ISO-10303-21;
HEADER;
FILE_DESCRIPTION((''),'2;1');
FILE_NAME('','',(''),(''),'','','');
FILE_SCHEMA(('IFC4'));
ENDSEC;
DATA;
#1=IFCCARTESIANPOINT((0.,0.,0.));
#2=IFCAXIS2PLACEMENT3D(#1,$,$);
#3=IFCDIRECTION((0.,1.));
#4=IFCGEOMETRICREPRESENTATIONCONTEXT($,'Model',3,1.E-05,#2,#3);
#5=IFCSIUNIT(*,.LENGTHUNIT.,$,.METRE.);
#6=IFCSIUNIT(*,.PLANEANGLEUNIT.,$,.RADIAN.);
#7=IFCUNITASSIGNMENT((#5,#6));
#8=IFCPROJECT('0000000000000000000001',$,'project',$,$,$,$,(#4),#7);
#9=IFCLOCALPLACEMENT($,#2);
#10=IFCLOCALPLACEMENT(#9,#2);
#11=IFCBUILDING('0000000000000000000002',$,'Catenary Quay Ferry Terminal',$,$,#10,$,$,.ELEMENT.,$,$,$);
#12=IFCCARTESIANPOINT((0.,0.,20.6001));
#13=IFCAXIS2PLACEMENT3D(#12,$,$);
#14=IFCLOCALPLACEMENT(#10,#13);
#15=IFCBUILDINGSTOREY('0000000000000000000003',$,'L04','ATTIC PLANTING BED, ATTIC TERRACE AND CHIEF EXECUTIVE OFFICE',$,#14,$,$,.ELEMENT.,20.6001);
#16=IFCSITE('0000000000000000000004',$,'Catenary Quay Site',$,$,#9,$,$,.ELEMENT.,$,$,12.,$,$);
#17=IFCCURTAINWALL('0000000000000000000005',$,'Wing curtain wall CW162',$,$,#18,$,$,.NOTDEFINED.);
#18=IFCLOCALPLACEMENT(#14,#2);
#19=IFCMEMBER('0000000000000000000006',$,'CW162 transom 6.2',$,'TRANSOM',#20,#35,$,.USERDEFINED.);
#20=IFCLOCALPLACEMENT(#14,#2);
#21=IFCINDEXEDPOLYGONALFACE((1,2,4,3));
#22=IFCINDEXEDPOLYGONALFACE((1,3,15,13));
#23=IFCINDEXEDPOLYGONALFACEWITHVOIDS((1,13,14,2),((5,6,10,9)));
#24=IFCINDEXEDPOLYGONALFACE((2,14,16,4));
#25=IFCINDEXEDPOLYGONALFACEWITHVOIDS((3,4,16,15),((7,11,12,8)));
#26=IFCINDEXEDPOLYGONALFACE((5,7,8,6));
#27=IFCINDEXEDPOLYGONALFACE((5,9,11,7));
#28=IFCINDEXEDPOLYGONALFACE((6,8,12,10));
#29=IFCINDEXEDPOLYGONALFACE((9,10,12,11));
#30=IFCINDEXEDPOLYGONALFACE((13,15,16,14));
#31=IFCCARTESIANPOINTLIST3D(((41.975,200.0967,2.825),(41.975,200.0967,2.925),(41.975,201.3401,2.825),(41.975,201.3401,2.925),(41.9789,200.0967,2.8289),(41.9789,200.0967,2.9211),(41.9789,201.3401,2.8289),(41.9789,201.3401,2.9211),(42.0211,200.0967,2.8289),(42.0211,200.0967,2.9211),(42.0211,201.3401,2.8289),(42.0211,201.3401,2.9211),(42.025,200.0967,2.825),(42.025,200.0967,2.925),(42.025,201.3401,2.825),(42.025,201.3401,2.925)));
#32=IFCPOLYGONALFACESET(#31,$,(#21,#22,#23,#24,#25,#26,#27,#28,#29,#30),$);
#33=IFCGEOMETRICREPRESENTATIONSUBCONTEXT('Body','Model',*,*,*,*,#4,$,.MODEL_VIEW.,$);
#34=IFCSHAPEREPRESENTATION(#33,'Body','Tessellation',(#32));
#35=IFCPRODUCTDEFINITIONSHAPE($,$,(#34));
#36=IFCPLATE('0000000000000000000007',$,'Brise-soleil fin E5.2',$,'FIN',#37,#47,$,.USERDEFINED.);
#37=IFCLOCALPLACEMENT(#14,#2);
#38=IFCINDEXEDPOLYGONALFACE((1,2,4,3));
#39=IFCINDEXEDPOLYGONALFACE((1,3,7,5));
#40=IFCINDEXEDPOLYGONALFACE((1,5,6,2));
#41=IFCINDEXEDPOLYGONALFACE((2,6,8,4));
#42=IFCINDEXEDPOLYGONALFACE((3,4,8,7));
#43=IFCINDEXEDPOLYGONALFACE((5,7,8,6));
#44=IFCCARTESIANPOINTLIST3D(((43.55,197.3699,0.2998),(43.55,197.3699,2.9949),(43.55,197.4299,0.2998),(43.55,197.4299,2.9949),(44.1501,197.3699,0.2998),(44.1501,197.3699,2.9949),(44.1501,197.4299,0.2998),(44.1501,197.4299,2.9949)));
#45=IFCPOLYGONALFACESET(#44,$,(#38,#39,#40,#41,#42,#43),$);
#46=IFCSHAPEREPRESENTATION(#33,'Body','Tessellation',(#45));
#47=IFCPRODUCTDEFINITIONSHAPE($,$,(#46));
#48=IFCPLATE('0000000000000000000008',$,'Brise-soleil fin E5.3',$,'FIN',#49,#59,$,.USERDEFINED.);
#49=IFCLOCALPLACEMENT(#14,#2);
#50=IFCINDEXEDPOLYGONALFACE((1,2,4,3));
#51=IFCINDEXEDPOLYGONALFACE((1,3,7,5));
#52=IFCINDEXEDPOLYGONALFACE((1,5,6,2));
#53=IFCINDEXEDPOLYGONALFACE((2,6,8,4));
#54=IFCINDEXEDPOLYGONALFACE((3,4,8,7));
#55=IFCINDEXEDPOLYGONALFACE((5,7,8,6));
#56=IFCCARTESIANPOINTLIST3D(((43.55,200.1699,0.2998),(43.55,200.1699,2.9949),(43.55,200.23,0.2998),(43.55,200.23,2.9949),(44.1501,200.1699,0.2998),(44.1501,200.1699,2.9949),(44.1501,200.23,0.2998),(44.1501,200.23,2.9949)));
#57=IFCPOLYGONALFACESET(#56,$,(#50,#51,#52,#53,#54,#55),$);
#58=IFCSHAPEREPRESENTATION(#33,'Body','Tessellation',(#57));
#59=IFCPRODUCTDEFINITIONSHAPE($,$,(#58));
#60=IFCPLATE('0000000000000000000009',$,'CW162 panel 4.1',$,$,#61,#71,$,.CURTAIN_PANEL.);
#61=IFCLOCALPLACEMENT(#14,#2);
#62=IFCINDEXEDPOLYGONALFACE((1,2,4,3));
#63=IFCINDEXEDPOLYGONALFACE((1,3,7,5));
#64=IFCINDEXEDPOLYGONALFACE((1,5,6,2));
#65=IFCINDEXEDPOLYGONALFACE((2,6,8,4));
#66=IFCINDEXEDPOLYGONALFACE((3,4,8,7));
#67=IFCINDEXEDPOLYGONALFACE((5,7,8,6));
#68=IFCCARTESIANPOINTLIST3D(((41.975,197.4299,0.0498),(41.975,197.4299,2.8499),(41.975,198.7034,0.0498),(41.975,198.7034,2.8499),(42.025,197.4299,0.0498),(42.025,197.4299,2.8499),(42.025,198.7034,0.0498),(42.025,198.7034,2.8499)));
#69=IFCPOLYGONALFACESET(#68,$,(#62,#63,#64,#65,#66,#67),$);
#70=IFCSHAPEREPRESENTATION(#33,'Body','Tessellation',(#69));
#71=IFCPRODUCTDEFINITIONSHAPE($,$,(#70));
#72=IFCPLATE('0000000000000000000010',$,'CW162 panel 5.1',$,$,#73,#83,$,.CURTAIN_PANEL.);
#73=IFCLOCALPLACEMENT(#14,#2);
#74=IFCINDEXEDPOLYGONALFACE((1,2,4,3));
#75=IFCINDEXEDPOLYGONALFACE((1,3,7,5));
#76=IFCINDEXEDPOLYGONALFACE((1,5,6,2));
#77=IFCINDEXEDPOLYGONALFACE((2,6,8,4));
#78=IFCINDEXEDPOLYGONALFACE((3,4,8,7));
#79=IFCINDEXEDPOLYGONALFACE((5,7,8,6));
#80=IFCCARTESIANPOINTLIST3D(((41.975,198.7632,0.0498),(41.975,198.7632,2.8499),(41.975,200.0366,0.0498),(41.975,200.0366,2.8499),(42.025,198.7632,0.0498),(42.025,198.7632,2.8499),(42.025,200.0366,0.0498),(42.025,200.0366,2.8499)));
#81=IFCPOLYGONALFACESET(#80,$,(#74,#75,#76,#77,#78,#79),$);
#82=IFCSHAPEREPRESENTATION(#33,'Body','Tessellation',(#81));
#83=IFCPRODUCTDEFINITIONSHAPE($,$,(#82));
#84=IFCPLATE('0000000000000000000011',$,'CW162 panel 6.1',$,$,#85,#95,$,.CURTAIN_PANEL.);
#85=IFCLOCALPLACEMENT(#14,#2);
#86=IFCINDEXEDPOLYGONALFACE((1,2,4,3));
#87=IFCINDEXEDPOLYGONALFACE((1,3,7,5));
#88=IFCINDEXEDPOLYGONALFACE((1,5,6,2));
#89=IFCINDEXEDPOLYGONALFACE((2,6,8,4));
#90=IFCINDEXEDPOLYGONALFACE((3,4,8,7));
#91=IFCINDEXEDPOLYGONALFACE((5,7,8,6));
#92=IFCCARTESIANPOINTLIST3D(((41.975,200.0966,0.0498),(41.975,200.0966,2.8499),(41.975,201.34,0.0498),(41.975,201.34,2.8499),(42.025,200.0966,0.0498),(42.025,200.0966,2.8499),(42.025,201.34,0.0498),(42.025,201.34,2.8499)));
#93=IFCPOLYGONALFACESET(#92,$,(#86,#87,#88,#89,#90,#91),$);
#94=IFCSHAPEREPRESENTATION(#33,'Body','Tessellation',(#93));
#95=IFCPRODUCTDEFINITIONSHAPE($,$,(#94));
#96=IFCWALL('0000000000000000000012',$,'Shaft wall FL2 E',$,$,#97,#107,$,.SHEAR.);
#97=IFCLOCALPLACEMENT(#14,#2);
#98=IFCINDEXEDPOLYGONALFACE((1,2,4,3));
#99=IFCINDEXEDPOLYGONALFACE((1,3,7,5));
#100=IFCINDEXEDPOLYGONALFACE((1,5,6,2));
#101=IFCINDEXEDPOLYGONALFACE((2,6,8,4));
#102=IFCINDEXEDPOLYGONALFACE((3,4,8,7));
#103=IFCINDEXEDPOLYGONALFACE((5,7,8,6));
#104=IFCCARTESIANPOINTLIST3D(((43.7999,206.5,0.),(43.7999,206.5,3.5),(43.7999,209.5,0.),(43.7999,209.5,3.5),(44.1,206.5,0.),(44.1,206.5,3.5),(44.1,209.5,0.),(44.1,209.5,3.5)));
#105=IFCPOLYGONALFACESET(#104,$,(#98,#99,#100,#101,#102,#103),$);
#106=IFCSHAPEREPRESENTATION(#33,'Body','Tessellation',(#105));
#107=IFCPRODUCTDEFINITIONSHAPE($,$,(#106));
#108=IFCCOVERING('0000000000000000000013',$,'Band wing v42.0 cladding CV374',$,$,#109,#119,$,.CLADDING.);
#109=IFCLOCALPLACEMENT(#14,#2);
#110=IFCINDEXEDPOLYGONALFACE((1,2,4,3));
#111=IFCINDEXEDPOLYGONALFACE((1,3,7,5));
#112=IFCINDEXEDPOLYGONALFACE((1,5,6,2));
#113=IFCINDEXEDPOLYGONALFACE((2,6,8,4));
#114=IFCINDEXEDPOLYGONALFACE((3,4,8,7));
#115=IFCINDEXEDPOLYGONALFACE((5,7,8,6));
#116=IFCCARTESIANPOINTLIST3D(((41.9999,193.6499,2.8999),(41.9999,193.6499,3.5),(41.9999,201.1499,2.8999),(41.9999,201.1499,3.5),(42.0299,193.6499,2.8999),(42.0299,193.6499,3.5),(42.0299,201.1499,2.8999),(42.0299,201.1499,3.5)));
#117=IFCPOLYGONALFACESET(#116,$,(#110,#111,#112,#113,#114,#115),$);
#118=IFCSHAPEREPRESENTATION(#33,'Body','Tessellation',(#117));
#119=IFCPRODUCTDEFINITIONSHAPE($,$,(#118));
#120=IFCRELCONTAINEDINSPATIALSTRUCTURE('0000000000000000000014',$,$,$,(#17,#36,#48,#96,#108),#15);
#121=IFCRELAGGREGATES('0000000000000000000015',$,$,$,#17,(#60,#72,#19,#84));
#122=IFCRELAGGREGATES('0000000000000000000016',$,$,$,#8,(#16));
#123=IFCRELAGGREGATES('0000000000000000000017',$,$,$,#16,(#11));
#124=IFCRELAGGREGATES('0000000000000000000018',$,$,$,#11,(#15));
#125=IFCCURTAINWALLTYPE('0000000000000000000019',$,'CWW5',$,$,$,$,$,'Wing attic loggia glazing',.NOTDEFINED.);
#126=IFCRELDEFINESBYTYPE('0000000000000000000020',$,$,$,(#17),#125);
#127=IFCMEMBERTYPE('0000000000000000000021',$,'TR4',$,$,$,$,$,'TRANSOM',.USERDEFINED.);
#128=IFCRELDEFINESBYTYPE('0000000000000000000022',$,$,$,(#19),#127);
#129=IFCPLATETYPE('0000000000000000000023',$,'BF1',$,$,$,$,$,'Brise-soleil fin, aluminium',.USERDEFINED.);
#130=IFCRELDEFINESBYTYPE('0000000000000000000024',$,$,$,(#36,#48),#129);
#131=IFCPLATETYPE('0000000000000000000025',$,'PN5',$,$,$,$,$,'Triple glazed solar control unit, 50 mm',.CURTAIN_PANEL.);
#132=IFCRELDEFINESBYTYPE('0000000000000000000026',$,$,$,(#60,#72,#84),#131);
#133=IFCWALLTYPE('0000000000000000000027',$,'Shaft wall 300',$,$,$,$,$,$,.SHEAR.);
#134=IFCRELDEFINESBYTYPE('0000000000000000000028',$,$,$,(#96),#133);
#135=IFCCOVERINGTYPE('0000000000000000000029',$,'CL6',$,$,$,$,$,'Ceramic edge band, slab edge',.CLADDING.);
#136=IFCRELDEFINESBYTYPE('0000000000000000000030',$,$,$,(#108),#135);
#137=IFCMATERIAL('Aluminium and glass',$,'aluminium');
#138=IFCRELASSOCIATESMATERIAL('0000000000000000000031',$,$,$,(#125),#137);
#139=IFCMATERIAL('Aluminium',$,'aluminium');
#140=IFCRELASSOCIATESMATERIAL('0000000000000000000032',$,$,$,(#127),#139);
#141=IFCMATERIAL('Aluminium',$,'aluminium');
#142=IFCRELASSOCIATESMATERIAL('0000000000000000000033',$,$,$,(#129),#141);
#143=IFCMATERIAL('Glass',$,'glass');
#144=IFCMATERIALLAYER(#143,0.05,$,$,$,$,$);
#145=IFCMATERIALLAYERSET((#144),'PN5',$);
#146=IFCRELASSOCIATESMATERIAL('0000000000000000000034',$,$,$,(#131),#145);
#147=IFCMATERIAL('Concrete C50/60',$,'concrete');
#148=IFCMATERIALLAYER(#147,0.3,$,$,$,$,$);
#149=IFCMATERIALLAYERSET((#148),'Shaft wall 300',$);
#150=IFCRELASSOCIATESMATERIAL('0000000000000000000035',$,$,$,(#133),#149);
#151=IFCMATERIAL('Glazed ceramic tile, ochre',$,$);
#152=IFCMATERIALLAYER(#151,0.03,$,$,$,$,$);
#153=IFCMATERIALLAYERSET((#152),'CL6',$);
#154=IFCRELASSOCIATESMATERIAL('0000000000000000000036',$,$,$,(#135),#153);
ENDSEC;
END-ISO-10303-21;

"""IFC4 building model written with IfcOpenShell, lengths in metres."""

from ifc_helpers import new_model, si_unit, direction, frame, frame_2d, origin, origin_2d, place, context, subcontext, project, spatial, rectangle, hollow_rectangle, extrude, material, layer, layer_set, material_profile, profile_set, type_object, element, aggregate, save


model = new_model("IFC4")

# Units and contexts
model_context = context("Model", 3, precision=1e-05, world=origin(), true_north=direction((0.0, 1.0)))
body_context = subcontext(model_context, "Body", "Model", "MODEL_VIEW")
ifc_project = project(units=[si_unit("LENGTHUNIT", "METRE"), si_unit("PLANEANGLEUNIT", "RADIAN")], contexts=[model_context])

# Site, building, storey
site_placement = place(None, origin())
site = spatial("IfcSite", under=ifc_project, at=site_placement, Name="Catenary Quay Site", CompositionType="ELEMENT", RefElevation=12.0)
building_placement = place(site_placement, origin())
building = spatial("IfcBuilding", under=site, at=building_placement, Name="Catenary Quay Ferry Terminal", CompositionType="ELEMENT")
storey_placement = place(building_placement, frame((0.0, 0.0, 20.6001)))
storey = spatial("IfcBuildingStorey", under=building, at=storey_placement, Name="L04", Description="ATTIC PLANTING BED, ATTIC TERRACE AND CHIEF EXECUTIVE OFFICE", CompositionType="ELEMENT", Elevation=20.6001)

# Curtain wall, member
ifc_material_1 = material(Name="Aluminium and glass", Category="aluminium")
curtain_wall_type = type_object("IfcCurtainWallType", Name="CWW5", ElementType="Wing attic loggia glazing", PredefinedType="NOTDEFINED", material=ifc_material_1)
curtain_wall_placement = place(storey_placement, origin())
curtain_wall = element("IfcCurtainWall", 1, at=curtain_wall_placement, inside=storey, type_object=curtain_wall_type, Name="Wing curtain wall CW162", PredefinedType="NOTDEFINED")
ifc_material_2 = material(Name="Aluminium", Category="aluminium")
ifc_material_profile_1 = material_profile(ifc_material_2, hollow_rectangle(XDim=0.05, YDim=0.1001, WallThickness=0.0039, at=origin_2d()), Name="TR4")
ifc_profile_set_1 = profile_set([ifc_material_profile_1], Name="Aluminium")
member_type_1 = type_object("IfcMemberType", Name="TR4", ElementType="TRANSOM", PredefinedType="USERDEFINED", material=ifc_profile_set_1)
member_1_placement = place(storey_placement, frame((42.0, 200.0967, 2.875), z_axis=(0.0, 1.0, 0.0), x_axis=(-1.0, 0.0, 0.0)))
member_1 = element("IfcMember", 2, at=member_1_placement, type_object=member_type_1, Name="CW162 transom 6.2", ObjectType="TRANSOM", PredefinedType="USERDEFINED", context=body_context, shape_type="SweptSolid", body=[
    extrude(hollow_rectangle(XDim=0.05, YDim=0.1001, WallThickness=0.0039, at=origin_2d()), origin(), (0.0, 0.0, 1.0), 1.2434),
])

# Plates
ifc_material_3 = material(Name="Aluminium", Category="aluminium")
ifc_material_profile_2 = material_profile(ifc_material_3, rectangle(XDim=0.0601, YDim=0.6001, at=origin_2d()), Name="BF1")
ifc_profile_set_2 = profile_set([ifc_material_profile_2], Name="Aluminium")
plate_type_1 = type_object("IfcPlateType", Name="BF1", ElementType="Brise-soleil fin, aluminium", PredefinedType="USERDEFINED", material=ifc_profile_set_2)
for number, where, z_axis, x_axis, name in (
    (3, (43.8501, 197.3999, 0.2998), (0.0, 0.0, 1.0), (0.0, 1.0, 0.0), "Brise-soleil fin E5.2"),
    (4, (43.8501, 200.2, 0.2998), (0.0, 0.0, 1.0), (0.0, 1.0, 0.0), "Brise-soleil fin E5.3"),
):
    element("IfcPlate", number, at=place(storey_placement, frame(where, z_axis=z_axis, x_axis=x_axis)), inside=storey, type_object=plate_type_1, Name=name, ObjectType="FIN", PredefinedType="USERDEFINED", context=body_context, shape_type="SweptSolid", body=[
        extrude(rectangle(XDim=0.0601, YDim=0.6001, at=origin_2d()), origin(), (0.0, 0.0, 1.0), 2.6951),
    ])

# Plates
ifc_material_4 = material(Name="Glass", Category="glass")
ifc_layer_1 = layer(ifc_material_4, 0.05)
ifc_layer_set_1 = layer_set([ifc_layer_1], Name="PN5")
plate_type_2 = type_object("IfcPlateType", Name="PN5", ElementType="Triple glazed solar control unit, 50 mm", PredefinedType="CURTAIN_PANEL", material=ifc_layer_set_1)
plate_1_placement = place(storey_placement, frame((42.0, 198.0667, 0.0498), z_axis=(0.0, 0.0, 1.0), x_axis=(0.0, 1.0, 0.0)))
plate_1 = element("IfcPlate", 5, at=plate_1_placement, type_object=plate_type_2, Name="CW162 panel 4.1", PredefinedType="CURTAIN_PANEL", context=body_context, shape_type="SweptSolid", body=[
    extrude(rectangle(XDim=1.2734, YDim=0.05, at=origin_2d()), origin(), (0.0, 0.0, 1.0), 2.8),
])
plate_2_placement = place(storey_placement, frame((42.0, 199.3999, 0.0498), z_axis=(0.0, 0.0, 1.0), x_axis=(0.0, 1.0, 0.0)))
plate_2 = element("IfcPlate", 6, at=plate_2_placement, type_object=plate_type_2, Name="CW162 panel 5.1", PredefinedType="CURTAIN_PANEL", context=body_context, shape_type="SweptSolid", body=[
    extrude(rectangle(XDim=1.2734, YDim=0.05, at=origin_2d()), origin(), (0.0, 0.0, 1.0), 2.8),
])
plate_3_placement = place(storey_placement, frame((42.0, 200.7183, 0.0498), z_axis=(0.0, 0.0, 1.0), x_axis=(0.0, 1.0, 0.0)))
plate_3 = element("IfcPlate", 7, at=plate_3_placement, type_object=plate_type_2, Name="CW162 panel 6.1", PredefinedType="CURTAIN_PANEL", context=body_context, shape_type="SweptSolid", body=[
    extrude(rectangle(XDim=1.2434, YDim=0.05, at=origin_2d()), origin(), (0.0, 0.0, 1.0), 2.8),
])
aggregate(curtain_wall, [plate_1, plate_2, member_1, plate_3])

# Wall
ifc_material_5 = material(Name="Concrete C50/60", Category="concrete")
ifc_layer_2 = layer(ifc_material_5, 0.3)
ifc_layer_set_2 = layer_set([ifc_layer_2], Name="Shaft wall 300")
wall_type = type_object("IfcWallType", Name="Shaft wall 300", PredefinedType="SHEAR", material=ifc_layer_set_2)
wall_placement = place(storey_placement, frame((43.95, 206.5, 0.0), z_axis=(0.0, 0.0, 1.0), x_axis=(0.0, 1.0, 0.0)))
element("IfcWall", 8, at=wall_placement, inside=storey, type_object=wall_type, Name="Shaft wall FL2 E", PredefinedType="SHEAR", context=body_context, shape_type="SweptSolid", body=[
    extrude(rectangle(XDim=3.0, YDim=0.3, at=frame_2d((1.5, 0.0))), origin(), (0.0, 0.0, 1.0), 3.5),
])

# Covering
ifc_material_6 = material(Name="Glazed ceramic tile, ochre")
ifc_layer_3 = layer(ifc_material_6, 0.03)
ifc_layer_set_3 = layer_set([ifc_layer_3], Name="CL6")
covering_type = type_object("IfcCoveringType", Name="CL6", ElementType="Ceramic edge band, slab edge", PredefinedType="CLADDING", material=ifc_layer_set_3)
covering_placement = place(storey_placement, frame((42.0149, 197.3999, 2.8999), z_axis=(0.0, 0.0, 1.0), x_axis=(1.0, 0.0, 0.0)))
element("IfcCovering", 9, at=covering_placement, inside=storey, type_object=covering_type, Name="Band wing v42.0 cladding CV374", PredefinedType="CLADDING", context=body_context, shape_type="SweptSolid", body=[
    extrude(rectangle(XDim=0.03, YDim=7.5, at=origin_2d()), origin(), (0.0, 0.0, 1.0), 0.6001),
])

save(model, "model.ifc")
